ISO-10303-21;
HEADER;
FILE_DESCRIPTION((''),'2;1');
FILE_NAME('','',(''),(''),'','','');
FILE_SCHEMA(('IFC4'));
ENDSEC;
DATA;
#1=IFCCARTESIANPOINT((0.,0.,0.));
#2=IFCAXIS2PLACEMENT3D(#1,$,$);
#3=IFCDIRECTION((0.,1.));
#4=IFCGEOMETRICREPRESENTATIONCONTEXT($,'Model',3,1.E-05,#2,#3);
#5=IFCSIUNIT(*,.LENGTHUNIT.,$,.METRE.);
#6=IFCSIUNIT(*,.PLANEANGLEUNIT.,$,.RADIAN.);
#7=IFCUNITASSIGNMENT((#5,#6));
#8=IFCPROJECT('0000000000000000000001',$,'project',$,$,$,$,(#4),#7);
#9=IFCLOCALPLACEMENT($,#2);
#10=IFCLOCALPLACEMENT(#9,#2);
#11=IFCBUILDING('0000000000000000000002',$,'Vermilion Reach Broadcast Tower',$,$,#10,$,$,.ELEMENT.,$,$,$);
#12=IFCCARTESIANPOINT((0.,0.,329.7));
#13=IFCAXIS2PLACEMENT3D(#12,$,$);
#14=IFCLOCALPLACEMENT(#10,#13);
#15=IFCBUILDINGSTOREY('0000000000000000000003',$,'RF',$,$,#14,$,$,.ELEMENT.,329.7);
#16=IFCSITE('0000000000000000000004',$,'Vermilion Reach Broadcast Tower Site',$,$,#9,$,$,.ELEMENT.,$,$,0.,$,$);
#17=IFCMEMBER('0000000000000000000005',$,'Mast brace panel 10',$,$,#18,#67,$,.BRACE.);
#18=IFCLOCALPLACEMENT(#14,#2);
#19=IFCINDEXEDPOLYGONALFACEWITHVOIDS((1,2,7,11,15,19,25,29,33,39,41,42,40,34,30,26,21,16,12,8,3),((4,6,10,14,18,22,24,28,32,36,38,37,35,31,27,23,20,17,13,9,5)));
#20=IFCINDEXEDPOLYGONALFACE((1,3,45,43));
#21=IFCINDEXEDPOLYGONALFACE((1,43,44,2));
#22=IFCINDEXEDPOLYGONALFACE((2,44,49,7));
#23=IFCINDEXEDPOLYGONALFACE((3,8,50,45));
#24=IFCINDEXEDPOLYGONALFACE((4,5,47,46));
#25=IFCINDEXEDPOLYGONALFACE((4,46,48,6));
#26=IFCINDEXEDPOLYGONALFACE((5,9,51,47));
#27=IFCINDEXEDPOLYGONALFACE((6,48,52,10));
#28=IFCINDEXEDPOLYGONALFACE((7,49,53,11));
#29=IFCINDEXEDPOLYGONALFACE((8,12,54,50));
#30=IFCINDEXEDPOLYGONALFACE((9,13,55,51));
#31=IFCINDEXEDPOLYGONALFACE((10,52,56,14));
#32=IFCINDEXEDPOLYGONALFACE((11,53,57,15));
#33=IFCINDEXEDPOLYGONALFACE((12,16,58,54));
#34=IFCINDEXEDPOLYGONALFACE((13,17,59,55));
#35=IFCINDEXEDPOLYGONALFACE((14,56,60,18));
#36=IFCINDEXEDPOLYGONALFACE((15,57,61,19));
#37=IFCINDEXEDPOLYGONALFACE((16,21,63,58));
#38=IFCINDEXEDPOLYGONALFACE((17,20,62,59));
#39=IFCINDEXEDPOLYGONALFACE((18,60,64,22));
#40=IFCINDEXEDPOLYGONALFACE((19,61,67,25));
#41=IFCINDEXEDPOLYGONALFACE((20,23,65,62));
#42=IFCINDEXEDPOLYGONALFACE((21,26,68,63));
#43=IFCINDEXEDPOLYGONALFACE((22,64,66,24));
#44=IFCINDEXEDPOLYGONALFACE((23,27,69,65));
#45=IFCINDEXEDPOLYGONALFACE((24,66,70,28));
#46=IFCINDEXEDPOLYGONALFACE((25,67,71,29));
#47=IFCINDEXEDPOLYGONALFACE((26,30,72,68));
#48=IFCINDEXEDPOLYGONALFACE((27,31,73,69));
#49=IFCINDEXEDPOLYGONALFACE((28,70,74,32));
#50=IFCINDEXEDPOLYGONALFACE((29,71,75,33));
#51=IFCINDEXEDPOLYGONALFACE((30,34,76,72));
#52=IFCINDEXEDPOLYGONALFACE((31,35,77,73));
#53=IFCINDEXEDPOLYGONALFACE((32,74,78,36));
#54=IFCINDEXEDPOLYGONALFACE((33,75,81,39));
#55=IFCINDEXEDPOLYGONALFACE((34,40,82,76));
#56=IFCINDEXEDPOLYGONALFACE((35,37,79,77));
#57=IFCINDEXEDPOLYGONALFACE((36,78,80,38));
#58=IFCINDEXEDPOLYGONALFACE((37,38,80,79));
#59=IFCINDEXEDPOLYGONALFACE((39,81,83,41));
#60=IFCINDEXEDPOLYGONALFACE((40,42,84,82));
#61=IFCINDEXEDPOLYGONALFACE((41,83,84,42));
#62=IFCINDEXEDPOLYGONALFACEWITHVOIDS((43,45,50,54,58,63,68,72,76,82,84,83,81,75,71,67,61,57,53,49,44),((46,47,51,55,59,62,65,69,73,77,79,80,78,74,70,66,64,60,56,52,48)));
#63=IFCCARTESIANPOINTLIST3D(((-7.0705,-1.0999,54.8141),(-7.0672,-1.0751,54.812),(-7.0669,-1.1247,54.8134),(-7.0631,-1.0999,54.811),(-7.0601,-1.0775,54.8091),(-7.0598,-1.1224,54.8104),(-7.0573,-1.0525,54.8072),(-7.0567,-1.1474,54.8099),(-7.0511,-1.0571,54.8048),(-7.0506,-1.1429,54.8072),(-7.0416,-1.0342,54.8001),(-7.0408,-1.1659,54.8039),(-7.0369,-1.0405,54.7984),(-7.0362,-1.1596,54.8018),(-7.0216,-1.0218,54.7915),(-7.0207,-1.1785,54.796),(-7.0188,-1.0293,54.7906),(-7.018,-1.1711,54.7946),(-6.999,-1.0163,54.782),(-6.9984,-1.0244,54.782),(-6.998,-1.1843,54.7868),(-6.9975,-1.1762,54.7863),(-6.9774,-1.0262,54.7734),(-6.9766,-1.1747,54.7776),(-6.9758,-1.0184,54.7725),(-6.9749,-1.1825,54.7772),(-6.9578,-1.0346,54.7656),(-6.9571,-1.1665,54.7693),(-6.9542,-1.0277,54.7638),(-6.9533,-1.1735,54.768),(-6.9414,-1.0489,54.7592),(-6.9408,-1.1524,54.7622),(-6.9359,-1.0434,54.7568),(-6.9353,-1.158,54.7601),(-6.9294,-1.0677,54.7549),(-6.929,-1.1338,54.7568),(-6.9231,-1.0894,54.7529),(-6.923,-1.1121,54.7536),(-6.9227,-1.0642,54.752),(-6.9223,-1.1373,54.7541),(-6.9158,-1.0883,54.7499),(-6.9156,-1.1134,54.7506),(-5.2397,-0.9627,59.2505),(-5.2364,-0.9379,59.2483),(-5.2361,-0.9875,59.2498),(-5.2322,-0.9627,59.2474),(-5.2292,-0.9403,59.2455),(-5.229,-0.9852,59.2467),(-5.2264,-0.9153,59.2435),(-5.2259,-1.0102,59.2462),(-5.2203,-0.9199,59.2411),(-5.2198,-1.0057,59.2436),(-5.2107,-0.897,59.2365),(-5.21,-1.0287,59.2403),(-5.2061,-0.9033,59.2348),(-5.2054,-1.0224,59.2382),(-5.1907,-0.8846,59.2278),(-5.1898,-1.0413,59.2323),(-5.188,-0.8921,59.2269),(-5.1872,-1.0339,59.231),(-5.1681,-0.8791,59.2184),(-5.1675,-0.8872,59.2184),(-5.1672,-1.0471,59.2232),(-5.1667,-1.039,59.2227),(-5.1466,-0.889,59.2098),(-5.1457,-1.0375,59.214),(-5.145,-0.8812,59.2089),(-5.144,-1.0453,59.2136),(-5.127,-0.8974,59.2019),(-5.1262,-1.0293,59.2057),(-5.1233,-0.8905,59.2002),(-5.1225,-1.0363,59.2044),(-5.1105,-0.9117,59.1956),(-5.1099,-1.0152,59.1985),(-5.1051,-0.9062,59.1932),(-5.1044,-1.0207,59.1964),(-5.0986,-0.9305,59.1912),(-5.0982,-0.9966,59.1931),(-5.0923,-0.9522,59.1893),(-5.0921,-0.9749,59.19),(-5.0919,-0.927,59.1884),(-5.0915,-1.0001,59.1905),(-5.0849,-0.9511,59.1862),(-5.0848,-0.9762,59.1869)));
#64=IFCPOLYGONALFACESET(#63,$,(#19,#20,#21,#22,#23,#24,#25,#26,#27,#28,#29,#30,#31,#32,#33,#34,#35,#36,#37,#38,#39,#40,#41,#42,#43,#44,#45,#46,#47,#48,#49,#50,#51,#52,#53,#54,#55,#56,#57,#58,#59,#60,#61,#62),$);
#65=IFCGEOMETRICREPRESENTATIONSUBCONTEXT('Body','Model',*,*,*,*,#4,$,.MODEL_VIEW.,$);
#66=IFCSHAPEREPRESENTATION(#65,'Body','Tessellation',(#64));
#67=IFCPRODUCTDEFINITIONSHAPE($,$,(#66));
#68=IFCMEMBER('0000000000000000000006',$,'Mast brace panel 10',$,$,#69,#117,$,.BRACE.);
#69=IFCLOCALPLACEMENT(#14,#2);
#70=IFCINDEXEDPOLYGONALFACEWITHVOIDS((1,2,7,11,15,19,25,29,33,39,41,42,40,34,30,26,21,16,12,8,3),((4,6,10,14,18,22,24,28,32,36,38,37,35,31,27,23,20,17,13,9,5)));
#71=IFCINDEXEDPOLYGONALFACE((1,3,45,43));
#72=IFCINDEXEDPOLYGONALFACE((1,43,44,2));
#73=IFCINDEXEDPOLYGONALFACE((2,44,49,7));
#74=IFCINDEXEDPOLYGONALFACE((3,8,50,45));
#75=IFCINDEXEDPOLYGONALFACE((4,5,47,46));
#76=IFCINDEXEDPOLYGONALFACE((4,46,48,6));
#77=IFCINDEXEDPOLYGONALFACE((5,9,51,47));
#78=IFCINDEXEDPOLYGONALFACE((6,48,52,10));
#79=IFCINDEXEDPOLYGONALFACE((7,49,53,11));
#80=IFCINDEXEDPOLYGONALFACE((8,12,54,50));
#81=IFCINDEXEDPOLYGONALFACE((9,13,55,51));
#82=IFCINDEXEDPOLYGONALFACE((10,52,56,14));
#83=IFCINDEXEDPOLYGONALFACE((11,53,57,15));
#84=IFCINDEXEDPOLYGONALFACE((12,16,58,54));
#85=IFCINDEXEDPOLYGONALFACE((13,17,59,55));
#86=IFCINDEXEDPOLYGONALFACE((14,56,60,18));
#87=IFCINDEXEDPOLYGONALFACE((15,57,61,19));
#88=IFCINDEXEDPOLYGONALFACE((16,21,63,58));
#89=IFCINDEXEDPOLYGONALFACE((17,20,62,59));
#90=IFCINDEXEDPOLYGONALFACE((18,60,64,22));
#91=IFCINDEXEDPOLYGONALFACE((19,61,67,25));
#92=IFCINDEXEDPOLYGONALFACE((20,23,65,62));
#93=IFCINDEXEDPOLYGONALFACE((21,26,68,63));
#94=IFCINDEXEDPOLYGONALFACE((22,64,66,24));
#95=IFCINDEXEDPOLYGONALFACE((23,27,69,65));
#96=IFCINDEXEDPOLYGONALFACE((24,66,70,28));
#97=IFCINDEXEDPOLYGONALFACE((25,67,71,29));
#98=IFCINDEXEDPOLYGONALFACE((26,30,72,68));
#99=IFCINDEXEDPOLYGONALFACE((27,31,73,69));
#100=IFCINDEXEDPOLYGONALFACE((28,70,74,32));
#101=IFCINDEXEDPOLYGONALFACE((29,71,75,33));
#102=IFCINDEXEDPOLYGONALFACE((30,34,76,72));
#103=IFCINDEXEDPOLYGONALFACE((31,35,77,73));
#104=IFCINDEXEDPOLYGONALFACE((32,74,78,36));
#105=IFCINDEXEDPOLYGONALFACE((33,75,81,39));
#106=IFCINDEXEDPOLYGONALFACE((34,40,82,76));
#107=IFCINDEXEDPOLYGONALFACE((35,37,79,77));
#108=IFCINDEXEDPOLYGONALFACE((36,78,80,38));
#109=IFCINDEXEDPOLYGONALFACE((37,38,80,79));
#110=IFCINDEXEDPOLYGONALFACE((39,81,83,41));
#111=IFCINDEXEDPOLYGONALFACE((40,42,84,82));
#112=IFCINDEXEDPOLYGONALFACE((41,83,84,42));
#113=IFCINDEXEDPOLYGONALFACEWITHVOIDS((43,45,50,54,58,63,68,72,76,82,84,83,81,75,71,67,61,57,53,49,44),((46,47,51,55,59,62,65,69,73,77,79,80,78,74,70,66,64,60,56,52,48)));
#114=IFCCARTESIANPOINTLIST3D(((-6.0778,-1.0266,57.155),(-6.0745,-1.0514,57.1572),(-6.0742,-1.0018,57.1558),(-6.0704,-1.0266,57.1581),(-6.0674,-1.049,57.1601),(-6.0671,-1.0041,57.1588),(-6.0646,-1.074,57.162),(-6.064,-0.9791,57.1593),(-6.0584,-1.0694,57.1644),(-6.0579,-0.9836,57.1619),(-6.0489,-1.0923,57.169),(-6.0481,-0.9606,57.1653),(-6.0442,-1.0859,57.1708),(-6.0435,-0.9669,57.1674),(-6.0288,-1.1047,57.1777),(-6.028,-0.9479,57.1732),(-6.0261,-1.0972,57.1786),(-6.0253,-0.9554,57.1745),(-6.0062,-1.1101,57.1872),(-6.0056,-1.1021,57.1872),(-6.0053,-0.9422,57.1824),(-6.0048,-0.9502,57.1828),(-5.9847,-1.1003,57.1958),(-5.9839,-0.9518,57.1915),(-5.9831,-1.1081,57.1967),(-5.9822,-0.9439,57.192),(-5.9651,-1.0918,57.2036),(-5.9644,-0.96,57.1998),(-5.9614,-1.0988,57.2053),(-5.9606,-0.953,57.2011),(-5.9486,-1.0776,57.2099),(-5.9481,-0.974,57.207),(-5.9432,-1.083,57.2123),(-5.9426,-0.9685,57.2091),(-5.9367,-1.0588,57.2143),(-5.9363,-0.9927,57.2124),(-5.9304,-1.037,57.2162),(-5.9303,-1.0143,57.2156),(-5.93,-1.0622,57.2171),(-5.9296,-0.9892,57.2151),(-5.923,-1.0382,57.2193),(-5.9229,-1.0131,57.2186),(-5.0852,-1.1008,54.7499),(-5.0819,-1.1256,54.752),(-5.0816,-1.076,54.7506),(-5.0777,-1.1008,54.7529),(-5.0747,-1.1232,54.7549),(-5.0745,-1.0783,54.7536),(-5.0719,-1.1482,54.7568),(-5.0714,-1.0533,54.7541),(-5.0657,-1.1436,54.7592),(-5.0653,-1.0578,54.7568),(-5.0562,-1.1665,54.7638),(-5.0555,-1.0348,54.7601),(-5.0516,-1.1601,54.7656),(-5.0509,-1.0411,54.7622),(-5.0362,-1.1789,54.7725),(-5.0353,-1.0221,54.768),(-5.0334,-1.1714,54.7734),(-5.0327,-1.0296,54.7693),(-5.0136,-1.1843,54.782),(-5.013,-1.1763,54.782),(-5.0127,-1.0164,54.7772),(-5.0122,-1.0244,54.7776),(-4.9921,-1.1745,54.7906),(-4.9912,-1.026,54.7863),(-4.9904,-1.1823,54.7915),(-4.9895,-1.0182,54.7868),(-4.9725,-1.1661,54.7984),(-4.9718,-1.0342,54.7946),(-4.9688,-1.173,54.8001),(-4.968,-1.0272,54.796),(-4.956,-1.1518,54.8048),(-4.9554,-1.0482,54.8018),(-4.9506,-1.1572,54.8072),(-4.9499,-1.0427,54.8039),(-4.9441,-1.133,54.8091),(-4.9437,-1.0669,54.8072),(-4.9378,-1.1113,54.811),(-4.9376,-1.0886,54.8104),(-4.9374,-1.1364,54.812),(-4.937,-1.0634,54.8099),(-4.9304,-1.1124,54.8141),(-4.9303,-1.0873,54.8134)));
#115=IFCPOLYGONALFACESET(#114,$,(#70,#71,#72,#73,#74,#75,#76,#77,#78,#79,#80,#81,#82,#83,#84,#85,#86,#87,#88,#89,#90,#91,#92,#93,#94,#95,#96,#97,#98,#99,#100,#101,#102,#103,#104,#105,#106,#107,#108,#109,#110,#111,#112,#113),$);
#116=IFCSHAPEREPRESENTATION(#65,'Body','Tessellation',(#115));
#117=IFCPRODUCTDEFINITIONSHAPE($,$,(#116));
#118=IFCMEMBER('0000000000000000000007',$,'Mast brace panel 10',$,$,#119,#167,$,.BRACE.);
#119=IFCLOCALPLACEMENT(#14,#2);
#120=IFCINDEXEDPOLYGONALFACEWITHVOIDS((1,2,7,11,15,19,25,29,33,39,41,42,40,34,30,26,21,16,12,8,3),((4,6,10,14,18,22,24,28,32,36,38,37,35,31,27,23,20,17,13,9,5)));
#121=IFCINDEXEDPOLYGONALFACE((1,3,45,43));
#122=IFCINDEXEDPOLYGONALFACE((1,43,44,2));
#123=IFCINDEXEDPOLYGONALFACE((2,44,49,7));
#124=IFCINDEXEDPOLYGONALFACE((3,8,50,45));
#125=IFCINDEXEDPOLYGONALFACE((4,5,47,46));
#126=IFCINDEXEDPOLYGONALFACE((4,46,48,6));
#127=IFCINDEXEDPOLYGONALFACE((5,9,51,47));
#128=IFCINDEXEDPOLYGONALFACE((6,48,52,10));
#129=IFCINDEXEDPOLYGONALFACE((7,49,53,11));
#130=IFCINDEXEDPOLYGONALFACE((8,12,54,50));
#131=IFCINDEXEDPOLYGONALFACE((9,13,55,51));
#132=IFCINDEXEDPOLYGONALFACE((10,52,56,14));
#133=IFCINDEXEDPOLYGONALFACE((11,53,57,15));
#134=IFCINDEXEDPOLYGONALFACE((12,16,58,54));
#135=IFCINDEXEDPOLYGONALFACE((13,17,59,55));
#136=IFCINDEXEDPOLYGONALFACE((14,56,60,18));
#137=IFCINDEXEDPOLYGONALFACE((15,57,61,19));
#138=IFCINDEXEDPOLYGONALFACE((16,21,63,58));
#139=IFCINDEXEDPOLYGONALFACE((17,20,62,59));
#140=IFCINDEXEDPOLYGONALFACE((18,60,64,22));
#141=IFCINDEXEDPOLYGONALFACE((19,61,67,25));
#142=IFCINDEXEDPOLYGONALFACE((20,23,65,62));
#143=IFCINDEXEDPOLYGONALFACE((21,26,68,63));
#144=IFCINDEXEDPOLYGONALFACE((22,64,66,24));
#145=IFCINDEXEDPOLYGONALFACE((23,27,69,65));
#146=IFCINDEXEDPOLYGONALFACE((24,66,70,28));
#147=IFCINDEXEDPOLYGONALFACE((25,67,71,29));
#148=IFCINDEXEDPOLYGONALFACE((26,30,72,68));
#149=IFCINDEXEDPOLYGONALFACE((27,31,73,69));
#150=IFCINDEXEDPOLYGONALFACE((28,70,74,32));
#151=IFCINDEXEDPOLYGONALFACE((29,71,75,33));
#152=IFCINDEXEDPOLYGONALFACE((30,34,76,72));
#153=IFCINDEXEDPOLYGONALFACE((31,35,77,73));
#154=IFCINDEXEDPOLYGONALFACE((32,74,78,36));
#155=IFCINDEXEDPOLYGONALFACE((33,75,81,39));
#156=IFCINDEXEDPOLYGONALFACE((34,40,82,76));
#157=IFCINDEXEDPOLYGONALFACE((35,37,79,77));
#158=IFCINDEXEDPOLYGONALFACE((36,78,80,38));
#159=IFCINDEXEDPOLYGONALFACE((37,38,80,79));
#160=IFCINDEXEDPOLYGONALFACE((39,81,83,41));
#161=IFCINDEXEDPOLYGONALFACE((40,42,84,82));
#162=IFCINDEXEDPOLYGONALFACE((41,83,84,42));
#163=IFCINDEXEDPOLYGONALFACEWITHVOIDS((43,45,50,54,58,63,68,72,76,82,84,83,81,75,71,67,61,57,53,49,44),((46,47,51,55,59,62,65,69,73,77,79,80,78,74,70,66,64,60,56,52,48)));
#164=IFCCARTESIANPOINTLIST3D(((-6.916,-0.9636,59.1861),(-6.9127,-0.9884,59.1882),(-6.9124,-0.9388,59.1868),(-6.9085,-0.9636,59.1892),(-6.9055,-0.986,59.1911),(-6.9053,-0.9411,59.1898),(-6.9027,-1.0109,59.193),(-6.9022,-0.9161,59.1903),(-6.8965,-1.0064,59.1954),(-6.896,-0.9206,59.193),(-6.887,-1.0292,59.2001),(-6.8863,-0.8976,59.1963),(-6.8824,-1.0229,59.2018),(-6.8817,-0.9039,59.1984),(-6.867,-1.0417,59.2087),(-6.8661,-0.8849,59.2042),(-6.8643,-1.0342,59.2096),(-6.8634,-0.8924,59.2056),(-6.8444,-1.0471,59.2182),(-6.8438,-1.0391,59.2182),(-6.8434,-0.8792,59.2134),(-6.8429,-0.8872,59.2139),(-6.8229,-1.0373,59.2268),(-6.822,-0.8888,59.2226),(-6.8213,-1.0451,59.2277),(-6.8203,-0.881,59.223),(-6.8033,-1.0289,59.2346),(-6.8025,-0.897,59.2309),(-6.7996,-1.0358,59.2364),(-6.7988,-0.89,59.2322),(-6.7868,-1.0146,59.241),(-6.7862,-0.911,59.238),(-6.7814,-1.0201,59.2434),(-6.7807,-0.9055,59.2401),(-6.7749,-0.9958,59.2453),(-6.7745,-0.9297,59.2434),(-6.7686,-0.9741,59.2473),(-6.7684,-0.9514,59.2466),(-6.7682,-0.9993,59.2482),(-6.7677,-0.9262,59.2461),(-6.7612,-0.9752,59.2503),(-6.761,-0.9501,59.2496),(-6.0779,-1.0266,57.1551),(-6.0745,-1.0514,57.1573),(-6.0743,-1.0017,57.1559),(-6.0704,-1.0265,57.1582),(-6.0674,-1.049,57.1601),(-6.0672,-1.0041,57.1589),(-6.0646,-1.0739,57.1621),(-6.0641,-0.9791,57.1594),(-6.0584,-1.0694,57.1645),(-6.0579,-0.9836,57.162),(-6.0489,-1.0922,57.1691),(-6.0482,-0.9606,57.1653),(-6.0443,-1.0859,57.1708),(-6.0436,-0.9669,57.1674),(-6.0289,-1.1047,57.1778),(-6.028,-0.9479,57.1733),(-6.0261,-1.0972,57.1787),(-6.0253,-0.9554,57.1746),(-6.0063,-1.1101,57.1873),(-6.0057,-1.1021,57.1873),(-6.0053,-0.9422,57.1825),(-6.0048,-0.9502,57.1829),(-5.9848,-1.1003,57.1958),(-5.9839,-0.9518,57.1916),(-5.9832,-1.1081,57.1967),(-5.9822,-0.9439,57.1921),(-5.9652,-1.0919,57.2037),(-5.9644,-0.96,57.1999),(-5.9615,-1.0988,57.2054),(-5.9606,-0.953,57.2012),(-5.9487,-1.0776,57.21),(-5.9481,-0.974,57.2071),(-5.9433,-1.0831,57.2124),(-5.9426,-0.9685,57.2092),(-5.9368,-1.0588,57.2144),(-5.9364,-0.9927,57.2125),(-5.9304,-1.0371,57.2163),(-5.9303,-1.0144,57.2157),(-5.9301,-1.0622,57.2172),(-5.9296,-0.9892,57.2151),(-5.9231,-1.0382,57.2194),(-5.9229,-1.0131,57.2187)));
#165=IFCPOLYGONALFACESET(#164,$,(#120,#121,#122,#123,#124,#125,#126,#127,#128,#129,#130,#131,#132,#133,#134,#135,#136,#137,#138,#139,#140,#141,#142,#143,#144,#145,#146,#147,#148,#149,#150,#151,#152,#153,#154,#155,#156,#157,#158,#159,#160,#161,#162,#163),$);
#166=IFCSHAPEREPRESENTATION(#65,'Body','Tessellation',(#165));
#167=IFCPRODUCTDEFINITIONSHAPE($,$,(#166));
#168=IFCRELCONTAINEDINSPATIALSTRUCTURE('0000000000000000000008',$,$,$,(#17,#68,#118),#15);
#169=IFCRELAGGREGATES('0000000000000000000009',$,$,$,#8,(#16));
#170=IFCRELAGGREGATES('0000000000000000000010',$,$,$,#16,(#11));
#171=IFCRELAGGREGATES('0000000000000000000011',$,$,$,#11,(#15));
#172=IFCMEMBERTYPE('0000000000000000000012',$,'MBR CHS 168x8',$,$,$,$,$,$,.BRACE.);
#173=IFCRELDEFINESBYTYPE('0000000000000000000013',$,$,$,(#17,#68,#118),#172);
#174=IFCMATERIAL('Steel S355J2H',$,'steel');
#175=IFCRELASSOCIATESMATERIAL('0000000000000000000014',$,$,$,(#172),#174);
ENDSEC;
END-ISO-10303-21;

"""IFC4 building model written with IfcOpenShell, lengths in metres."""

from ifc_helpers import new_model, si_unit, direction, frame, origin, origin_2d, place, context, subcontext, project, spatial, hollow_circle, extrude, material, material_profile, profile_set, type_object, element, save


model = new_model("IFC4")

# Units and contexts
model_context = context("Model", 3, precision=1e-05, world=origin(), true_north=direction((0.0, 1.0)))
body_context = subcontext(model_context, "Body", "Model", "MODEL_VIEW")
ifc_project = project(units=[si_unit("LENGTHUNIT", "METRE"), si_unit("PLANEANGLEUNIT", "RADIAN")], contexts=[model_context])

# Site, building, storey
site_placement = place(None, origin())
site = spatial("IfcSite", under=ifc_project, at=site_placement, Name="Vermilion Reach Broadcast Tower Site", CompositionType="ELEMENT", RefElevation=0.0)
building_placement = place(site_placement, origin())
building = spatial("IfcBuilding", under=site, at=building_placement, Name="Vermilion Reach Broadcast Tower", CompositionType="ELEMENT")
storey_placement = place(building_placement, frame((0.0, 0.0, 329.7)))
storey = spatial("IfcBuildingStorey", under=building, at=storey_placement, Name="RF", CompositionType="ELEMENT", Elevation=329.7)

# Members
ifc_material_1 = material(Name="Steel S355J2H", Category="steel")
ifc_material_profile_1 = material_profile(ifc_material_1, hollow_circle(Radius=0.0842, WallThickness=0.0081, at=origin_2d()), Name="S355J2H CHS 168x8")
ifc_profile_set_1 = profile_set([ifc_material_profile_1], Name="Steel S355J2H")
member_type_1 = type_object("IfcMemberType", Name="MBR CHS 168x8", PredefinedType="BRACE", material=ifc_profile_set_1)
member_1_placement = place(storey_placement, frame((-6.9927, -1.1003, 54.782), z_axis=(0.381326, 0.028578, 0.923999), x_axis=(-0.074734, 0.997204, 0.0)))
element("IfcMember", 1, at=member_1_placement, inside=storey, type_object=member_type_1, Name="Mast brace panel 10", PredefinedType="BRACE", context=body_context, shape_type="SweptSolid", body=[
    extrude(hollow_circle(Radius=0.0842, WallThickness=0.0081, at=origin_2d()), origin(), (0.0, 0.0, 1.0), 4.8013),
])
member_2_placement = place(storey_placement, frame((-5.0073, -1.1003, 54.782), z_axis=(-0.38134, 0.028511, 0.923995), x_axis=(-0.074558, -0.997217, 0.0)))
element("IfcMember", 2, at=member_2_placement, inside=storey, type_object=member_type_1, Name="Mast brace panel 10", PredefinedType="BRACE", context=body_context, shape_type="SweptSolid", body=[
    extrude(hollow_circle(Radius=0.0842, WallThickness=0.0081, at=origin_2d()), origin(), (0.0, 0.0, 1.0), 2.603),
])
member_3_placement = place(storey_placement, frame((-6.0, -1.0261, 57.1873), z_axis=(-0.381308, 0.028656, 0.924004), x_axis=(-0.074942, -0.997188, 0.0)))
element("IfcMember", 3, at=member_3_placement, inside=storey, type_object=member_type_1, Name="Mast brace panel 10", PredefinedType="BRACE", context=body_context, shape_type="SweptSolid", body=[
    extrude(hollow_circle(Radius=0.0842, WallThickness=0.0081, at=origin_2d()), origin(), (0.0, 0.0, 1.0), 2.198),
])

save(model, "model.ifc")
